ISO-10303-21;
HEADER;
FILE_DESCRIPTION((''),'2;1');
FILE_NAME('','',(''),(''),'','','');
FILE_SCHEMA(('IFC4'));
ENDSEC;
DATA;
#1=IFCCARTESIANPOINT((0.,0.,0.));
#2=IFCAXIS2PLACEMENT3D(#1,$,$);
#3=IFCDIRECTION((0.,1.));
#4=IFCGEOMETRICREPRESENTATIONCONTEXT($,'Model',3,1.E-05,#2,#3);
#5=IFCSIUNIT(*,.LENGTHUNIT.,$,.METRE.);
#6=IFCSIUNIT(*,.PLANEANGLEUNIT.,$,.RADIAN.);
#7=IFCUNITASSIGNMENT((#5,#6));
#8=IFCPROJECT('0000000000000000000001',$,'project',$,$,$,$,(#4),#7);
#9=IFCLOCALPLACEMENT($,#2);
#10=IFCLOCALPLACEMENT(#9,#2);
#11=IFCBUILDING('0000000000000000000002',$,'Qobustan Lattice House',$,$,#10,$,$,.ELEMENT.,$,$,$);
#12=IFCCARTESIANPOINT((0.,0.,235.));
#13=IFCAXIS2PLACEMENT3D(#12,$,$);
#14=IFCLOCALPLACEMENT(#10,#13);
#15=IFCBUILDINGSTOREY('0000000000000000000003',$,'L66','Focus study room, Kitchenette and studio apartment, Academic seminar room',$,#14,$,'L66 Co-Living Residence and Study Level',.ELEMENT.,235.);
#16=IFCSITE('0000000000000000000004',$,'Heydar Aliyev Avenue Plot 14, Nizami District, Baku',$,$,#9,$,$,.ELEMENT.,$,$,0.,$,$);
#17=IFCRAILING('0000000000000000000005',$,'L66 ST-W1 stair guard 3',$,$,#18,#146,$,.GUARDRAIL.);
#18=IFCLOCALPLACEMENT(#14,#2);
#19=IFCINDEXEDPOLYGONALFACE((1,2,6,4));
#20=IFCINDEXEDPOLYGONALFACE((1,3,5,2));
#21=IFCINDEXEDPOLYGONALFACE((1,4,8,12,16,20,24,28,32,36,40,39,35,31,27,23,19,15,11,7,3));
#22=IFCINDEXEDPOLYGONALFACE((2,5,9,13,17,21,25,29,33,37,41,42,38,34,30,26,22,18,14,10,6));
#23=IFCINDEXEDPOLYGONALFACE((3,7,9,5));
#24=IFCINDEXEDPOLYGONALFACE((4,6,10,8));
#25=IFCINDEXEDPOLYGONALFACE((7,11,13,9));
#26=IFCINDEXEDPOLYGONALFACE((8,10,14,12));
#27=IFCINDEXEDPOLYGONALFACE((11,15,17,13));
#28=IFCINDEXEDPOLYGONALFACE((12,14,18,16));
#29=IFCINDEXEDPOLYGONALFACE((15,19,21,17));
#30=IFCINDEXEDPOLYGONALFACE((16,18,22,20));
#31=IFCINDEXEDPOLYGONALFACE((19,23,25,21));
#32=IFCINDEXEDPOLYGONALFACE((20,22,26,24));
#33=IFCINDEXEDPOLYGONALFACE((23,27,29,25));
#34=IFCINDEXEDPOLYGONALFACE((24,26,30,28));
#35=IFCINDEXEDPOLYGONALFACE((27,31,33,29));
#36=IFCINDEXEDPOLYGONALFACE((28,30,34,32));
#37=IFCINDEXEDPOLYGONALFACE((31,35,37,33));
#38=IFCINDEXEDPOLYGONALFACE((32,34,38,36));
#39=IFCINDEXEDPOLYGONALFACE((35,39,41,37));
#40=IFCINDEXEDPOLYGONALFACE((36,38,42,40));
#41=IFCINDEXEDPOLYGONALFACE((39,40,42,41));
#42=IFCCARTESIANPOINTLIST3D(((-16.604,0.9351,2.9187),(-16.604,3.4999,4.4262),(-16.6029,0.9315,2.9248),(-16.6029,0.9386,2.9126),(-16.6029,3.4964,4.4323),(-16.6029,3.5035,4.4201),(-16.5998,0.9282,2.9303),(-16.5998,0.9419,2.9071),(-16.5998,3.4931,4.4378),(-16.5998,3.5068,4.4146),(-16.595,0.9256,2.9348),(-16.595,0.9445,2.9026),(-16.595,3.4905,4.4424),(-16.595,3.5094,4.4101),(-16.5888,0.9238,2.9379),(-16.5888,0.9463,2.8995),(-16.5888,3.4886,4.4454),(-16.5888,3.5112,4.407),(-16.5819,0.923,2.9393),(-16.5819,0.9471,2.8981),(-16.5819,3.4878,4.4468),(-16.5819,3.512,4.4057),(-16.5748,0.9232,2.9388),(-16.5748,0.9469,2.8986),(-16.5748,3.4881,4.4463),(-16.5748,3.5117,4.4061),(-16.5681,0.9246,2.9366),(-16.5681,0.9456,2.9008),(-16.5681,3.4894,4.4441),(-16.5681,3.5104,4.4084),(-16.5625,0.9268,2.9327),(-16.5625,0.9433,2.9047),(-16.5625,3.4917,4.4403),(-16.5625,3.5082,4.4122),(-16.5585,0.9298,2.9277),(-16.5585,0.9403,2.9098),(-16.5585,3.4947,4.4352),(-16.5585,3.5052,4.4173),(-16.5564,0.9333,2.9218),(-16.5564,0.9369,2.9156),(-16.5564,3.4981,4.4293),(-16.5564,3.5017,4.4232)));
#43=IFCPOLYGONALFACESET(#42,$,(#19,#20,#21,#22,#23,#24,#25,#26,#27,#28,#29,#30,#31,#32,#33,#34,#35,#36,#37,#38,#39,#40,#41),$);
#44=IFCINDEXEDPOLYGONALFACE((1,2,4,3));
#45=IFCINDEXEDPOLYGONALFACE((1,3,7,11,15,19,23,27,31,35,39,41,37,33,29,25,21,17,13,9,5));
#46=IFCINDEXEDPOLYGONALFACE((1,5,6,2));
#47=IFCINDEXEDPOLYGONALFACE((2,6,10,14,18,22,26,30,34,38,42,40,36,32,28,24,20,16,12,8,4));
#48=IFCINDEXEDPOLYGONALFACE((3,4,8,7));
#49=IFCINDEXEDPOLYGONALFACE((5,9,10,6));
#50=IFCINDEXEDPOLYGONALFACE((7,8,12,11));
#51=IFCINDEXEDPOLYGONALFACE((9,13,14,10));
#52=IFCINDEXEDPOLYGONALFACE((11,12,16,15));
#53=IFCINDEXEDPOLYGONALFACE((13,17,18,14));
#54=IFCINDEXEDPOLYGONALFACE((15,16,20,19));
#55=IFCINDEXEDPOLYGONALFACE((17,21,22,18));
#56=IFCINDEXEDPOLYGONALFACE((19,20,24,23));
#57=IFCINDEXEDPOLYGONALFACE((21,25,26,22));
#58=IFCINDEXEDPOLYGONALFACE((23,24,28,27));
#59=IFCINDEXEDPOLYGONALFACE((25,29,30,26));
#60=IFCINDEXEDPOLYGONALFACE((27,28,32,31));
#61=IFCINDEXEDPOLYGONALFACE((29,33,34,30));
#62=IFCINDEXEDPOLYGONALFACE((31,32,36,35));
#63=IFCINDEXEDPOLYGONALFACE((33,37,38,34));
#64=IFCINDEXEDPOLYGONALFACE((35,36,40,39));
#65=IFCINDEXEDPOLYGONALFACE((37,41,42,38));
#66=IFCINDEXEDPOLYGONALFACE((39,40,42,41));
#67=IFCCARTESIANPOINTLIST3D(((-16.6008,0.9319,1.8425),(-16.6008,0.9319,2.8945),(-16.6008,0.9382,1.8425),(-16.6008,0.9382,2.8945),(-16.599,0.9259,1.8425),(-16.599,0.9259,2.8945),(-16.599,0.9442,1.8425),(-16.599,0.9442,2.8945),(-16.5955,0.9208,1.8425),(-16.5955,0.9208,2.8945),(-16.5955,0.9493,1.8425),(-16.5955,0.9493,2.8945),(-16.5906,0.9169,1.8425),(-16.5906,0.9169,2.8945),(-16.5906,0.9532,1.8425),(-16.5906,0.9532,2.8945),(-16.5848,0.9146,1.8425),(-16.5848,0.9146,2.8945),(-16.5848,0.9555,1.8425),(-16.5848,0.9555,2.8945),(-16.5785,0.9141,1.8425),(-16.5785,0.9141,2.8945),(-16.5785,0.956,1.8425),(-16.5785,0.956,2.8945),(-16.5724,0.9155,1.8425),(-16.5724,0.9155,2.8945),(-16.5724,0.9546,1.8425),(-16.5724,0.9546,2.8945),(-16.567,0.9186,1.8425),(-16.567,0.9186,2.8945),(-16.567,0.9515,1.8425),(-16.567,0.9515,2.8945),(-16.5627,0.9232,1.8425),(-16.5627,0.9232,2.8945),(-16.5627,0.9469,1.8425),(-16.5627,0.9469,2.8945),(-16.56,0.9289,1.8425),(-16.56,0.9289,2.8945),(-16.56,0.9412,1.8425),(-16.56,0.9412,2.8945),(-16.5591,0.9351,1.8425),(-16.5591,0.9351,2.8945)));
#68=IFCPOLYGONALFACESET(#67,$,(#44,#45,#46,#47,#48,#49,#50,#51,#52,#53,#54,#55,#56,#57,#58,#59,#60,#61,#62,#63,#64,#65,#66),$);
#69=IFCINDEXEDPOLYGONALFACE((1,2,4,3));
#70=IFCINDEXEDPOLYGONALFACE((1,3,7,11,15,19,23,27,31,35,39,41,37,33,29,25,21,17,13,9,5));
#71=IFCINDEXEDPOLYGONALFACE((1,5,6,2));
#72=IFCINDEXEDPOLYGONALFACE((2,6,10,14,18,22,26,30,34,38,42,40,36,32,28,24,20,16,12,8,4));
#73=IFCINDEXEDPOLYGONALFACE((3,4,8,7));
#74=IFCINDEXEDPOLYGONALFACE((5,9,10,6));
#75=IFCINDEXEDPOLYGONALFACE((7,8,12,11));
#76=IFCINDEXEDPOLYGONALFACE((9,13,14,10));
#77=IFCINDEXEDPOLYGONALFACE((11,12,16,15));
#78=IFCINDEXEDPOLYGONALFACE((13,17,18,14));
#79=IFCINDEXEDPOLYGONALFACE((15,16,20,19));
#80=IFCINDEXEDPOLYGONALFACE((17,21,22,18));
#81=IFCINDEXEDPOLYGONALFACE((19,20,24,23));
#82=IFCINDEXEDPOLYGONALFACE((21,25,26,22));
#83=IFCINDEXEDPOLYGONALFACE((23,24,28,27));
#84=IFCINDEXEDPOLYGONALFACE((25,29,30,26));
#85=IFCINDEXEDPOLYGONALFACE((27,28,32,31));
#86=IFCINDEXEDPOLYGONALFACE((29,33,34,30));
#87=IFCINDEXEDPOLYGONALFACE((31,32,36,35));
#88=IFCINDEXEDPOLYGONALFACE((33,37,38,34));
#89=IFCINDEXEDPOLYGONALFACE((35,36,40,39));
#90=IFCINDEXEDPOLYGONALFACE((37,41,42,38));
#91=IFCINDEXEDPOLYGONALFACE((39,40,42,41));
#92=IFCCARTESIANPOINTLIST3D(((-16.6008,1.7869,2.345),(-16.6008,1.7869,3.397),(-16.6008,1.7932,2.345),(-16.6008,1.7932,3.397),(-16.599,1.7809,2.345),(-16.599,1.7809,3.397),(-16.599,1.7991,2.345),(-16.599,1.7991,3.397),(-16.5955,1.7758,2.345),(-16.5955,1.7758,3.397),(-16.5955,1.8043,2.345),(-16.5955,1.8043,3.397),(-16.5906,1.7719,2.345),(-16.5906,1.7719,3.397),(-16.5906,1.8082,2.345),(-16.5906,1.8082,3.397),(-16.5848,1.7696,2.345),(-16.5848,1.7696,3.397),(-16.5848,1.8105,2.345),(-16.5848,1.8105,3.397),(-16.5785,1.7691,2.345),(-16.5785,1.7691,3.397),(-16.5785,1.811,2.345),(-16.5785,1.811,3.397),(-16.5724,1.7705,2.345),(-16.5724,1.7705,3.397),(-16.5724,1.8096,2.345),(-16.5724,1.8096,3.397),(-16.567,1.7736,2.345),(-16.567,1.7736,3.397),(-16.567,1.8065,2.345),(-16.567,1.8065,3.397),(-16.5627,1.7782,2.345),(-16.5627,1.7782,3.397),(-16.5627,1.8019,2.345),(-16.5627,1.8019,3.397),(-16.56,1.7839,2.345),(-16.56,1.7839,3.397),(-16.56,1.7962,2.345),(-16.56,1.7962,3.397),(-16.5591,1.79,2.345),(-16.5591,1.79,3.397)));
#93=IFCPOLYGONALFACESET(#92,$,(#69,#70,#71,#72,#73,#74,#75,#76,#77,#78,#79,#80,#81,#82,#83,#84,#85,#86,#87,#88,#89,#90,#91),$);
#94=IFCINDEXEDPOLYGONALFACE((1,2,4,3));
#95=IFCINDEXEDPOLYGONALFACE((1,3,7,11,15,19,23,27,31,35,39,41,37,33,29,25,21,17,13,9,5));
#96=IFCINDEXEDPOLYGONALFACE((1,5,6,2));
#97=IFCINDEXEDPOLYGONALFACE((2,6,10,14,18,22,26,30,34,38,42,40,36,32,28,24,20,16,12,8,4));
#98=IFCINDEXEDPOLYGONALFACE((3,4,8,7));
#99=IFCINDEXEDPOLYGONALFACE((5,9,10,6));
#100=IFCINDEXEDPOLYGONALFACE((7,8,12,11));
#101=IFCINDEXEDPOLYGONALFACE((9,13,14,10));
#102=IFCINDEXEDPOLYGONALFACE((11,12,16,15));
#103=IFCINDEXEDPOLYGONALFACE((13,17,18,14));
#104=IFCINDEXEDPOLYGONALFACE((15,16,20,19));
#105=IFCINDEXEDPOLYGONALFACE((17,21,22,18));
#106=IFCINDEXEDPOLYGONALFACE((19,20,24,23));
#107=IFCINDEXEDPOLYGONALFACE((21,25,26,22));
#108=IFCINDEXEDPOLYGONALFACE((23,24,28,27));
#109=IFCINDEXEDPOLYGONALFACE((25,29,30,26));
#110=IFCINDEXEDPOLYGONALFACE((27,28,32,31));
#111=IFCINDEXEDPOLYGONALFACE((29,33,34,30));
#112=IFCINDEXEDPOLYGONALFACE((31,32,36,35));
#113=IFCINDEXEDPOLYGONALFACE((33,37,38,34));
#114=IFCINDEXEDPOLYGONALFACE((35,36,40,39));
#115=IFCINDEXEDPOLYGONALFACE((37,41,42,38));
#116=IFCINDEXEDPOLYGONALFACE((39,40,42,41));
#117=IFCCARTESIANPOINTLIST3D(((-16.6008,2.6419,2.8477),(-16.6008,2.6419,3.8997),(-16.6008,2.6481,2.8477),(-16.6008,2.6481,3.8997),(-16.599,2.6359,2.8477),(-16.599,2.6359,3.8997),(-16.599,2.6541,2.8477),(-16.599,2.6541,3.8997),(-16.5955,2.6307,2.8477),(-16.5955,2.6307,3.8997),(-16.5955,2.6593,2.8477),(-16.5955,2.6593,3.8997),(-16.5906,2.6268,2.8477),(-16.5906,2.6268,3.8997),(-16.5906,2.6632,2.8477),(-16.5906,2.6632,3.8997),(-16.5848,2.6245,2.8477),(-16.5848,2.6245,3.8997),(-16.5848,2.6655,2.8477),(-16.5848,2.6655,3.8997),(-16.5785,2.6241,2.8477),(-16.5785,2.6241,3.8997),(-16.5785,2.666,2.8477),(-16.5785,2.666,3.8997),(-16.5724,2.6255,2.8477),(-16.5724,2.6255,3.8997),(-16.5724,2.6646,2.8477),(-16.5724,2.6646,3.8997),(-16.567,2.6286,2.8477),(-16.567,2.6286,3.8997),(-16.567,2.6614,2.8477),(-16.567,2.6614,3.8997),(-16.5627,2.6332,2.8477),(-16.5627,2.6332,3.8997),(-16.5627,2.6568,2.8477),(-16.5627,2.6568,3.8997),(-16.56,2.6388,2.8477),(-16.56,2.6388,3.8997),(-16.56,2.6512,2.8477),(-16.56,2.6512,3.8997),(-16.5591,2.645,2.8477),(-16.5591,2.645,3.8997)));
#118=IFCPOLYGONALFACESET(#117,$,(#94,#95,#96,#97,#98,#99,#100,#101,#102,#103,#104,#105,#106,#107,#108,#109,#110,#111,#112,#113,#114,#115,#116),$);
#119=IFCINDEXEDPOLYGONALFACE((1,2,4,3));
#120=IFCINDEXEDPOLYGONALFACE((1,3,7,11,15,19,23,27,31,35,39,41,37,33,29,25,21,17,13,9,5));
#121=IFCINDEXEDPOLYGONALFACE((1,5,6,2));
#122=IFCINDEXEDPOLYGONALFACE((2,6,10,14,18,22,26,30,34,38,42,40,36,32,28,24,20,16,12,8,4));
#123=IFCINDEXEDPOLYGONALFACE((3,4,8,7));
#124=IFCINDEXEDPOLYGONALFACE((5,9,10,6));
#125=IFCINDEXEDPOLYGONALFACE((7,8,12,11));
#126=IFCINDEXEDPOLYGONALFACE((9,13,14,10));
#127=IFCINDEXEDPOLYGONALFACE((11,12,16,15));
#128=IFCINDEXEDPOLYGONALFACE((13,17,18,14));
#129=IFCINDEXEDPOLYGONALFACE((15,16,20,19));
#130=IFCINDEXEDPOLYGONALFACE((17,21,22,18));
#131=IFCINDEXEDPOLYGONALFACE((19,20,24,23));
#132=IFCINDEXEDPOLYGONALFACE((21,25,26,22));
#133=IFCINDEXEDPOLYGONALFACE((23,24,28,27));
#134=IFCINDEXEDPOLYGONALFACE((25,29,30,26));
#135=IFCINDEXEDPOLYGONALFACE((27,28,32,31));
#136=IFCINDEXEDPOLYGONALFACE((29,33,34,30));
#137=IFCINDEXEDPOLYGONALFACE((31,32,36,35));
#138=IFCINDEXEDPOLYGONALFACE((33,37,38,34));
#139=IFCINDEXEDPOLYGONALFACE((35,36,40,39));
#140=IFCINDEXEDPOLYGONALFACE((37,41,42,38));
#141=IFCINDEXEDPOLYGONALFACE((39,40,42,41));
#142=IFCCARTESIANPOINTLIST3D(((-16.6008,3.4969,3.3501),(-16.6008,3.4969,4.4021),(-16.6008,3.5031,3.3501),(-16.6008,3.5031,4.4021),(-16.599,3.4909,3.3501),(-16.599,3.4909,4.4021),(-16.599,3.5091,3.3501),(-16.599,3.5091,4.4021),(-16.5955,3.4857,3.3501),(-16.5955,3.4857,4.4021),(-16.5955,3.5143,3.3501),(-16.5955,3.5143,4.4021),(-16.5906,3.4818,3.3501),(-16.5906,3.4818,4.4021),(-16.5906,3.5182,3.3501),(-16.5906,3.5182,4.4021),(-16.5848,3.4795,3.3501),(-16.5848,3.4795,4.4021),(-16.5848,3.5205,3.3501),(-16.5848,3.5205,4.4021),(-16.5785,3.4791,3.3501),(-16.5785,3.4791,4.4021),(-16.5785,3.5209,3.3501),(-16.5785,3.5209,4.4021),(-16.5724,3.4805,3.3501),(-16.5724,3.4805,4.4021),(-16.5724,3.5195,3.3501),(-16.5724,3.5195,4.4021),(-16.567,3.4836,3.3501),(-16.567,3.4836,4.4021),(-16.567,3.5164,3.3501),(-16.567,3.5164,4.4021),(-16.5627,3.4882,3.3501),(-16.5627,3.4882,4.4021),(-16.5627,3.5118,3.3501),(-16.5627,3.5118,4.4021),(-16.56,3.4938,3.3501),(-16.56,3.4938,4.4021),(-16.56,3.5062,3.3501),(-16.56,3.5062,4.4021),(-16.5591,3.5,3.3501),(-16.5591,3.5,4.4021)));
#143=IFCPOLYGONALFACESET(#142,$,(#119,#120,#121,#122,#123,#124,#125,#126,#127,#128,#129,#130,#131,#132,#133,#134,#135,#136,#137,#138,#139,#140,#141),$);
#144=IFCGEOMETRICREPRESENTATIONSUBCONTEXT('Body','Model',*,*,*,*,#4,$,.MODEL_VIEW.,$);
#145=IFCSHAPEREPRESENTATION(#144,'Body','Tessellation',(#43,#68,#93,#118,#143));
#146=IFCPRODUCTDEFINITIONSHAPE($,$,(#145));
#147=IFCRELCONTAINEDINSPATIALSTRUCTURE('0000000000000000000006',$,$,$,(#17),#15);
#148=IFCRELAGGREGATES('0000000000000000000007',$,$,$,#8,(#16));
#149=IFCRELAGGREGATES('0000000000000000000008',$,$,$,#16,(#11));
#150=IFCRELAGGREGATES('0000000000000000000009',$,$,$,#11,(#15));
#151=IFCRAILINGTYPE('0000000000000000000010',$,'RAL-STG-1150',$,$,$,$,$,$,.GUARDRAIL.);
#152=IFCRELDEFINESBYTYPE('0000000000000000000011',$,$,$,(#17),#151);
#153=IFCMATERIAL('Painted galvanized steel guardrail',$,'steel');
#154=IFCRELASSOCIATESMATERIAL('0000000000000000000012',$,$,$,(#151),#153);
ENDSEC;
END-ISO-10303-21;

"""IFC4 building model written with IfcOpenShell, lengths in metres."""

from ifc_helpers import new_model, si_unit, direction, frame, origin, origin_2d, place, context, subcontext, project, spatial, circle, extrude, material, type_object, element, save


model = new_model("IFC4")

# Units and contexts
model_context = context("Model", 3, precision=1e-05, world=origin(), true_north=direction((0.0, 1.0)))
body_context = subcontext(model_context, "Body", "Model", "MODEL_VIEW")
ifc_project = project(units=[si_unit("LENGTHUNIT", "METRE"), si_unit("PLANEANGLEUNIT", "RADIAN")], contexts=[model_context])

# Site, building, storey
site_placement = place(None, origin())
site = spatial("IfcSite", under=ifc_project, at=site_placement, Name="Heydar Aliyev Avenue Plot 14, Nizami District, Baku", CompositionType="ELEMENT", RefElevation=0.0)
building_placement = place(site_placement, origin())
building = spatial("IfcBuilding", under=site, at=building_placement, Name="Qobustan Lattice House", CompositionType="ELEMENT")
storey_placement = place(building_placement, frame((0.0, 0.0, 235.0)))
storey = spatial("IfcBuildingStorey", under=building, at=storey_placement, Name="L66", Description="Focus study room, Kitchenette and studio apartment, Academic seminar room", LongName="L66 Co-Living Residence and Study Level", CompositionType="ELEMENT", Elevation=235.0)

# Railing
ifc_material_1 = material(Name="Painted galvanized steel guardrail", Category="steel")
railing_type_1 = type_object("IfcRailingType", Name="RAL-STG-1150", PredefinedType="GUARDRAIL", material=ifc_material_1)
railing_1_placement = place(storey_placement, frame((-16.5801, 0.9351, 1.8425)))
element("IfcRailing", 1, at=railing_1_placement, inside=storey, type_object=railing_type_1, Name="L66 ST-W1 stair guard 3", PredefinedType="GUARDRAIL", context=body_context, shape_type="SweptSolid", body=[
    extrude(circle(Radius=0.0239, at=origin_2d()), frame((0.0, 0.0, 1.0762), z_axis=(0.0, 0.862113, 0.506715), x_axis=(-1.0, 0.0, 0.0)), (0.0, 0.0, 1.0), 2.9751),
    extrude(circle(Radius=0.021, at=origin_2d()), origin(), (0.0, 0.0, 1.0), 1.052),
    extrude(circle(Radius=0.021, at=origin_2d()), frame((0.0, 0.855, 0.5024)), (0.0, 0.0, 1.0), 1.052),
    extrude(circle(Radius=0.021, at=origin_2d()), frame((0.0, 1.71, 1.0051)), (0.0, 0.0, 1.0), 1.052),
    extrude(circle(Radius=0.021, at=origin_2d()), frame((0.0, 2.5649, 1.5076)), (0.0, 0.0, 1.0), 1.052),
])

save(model, "model.ifc")
